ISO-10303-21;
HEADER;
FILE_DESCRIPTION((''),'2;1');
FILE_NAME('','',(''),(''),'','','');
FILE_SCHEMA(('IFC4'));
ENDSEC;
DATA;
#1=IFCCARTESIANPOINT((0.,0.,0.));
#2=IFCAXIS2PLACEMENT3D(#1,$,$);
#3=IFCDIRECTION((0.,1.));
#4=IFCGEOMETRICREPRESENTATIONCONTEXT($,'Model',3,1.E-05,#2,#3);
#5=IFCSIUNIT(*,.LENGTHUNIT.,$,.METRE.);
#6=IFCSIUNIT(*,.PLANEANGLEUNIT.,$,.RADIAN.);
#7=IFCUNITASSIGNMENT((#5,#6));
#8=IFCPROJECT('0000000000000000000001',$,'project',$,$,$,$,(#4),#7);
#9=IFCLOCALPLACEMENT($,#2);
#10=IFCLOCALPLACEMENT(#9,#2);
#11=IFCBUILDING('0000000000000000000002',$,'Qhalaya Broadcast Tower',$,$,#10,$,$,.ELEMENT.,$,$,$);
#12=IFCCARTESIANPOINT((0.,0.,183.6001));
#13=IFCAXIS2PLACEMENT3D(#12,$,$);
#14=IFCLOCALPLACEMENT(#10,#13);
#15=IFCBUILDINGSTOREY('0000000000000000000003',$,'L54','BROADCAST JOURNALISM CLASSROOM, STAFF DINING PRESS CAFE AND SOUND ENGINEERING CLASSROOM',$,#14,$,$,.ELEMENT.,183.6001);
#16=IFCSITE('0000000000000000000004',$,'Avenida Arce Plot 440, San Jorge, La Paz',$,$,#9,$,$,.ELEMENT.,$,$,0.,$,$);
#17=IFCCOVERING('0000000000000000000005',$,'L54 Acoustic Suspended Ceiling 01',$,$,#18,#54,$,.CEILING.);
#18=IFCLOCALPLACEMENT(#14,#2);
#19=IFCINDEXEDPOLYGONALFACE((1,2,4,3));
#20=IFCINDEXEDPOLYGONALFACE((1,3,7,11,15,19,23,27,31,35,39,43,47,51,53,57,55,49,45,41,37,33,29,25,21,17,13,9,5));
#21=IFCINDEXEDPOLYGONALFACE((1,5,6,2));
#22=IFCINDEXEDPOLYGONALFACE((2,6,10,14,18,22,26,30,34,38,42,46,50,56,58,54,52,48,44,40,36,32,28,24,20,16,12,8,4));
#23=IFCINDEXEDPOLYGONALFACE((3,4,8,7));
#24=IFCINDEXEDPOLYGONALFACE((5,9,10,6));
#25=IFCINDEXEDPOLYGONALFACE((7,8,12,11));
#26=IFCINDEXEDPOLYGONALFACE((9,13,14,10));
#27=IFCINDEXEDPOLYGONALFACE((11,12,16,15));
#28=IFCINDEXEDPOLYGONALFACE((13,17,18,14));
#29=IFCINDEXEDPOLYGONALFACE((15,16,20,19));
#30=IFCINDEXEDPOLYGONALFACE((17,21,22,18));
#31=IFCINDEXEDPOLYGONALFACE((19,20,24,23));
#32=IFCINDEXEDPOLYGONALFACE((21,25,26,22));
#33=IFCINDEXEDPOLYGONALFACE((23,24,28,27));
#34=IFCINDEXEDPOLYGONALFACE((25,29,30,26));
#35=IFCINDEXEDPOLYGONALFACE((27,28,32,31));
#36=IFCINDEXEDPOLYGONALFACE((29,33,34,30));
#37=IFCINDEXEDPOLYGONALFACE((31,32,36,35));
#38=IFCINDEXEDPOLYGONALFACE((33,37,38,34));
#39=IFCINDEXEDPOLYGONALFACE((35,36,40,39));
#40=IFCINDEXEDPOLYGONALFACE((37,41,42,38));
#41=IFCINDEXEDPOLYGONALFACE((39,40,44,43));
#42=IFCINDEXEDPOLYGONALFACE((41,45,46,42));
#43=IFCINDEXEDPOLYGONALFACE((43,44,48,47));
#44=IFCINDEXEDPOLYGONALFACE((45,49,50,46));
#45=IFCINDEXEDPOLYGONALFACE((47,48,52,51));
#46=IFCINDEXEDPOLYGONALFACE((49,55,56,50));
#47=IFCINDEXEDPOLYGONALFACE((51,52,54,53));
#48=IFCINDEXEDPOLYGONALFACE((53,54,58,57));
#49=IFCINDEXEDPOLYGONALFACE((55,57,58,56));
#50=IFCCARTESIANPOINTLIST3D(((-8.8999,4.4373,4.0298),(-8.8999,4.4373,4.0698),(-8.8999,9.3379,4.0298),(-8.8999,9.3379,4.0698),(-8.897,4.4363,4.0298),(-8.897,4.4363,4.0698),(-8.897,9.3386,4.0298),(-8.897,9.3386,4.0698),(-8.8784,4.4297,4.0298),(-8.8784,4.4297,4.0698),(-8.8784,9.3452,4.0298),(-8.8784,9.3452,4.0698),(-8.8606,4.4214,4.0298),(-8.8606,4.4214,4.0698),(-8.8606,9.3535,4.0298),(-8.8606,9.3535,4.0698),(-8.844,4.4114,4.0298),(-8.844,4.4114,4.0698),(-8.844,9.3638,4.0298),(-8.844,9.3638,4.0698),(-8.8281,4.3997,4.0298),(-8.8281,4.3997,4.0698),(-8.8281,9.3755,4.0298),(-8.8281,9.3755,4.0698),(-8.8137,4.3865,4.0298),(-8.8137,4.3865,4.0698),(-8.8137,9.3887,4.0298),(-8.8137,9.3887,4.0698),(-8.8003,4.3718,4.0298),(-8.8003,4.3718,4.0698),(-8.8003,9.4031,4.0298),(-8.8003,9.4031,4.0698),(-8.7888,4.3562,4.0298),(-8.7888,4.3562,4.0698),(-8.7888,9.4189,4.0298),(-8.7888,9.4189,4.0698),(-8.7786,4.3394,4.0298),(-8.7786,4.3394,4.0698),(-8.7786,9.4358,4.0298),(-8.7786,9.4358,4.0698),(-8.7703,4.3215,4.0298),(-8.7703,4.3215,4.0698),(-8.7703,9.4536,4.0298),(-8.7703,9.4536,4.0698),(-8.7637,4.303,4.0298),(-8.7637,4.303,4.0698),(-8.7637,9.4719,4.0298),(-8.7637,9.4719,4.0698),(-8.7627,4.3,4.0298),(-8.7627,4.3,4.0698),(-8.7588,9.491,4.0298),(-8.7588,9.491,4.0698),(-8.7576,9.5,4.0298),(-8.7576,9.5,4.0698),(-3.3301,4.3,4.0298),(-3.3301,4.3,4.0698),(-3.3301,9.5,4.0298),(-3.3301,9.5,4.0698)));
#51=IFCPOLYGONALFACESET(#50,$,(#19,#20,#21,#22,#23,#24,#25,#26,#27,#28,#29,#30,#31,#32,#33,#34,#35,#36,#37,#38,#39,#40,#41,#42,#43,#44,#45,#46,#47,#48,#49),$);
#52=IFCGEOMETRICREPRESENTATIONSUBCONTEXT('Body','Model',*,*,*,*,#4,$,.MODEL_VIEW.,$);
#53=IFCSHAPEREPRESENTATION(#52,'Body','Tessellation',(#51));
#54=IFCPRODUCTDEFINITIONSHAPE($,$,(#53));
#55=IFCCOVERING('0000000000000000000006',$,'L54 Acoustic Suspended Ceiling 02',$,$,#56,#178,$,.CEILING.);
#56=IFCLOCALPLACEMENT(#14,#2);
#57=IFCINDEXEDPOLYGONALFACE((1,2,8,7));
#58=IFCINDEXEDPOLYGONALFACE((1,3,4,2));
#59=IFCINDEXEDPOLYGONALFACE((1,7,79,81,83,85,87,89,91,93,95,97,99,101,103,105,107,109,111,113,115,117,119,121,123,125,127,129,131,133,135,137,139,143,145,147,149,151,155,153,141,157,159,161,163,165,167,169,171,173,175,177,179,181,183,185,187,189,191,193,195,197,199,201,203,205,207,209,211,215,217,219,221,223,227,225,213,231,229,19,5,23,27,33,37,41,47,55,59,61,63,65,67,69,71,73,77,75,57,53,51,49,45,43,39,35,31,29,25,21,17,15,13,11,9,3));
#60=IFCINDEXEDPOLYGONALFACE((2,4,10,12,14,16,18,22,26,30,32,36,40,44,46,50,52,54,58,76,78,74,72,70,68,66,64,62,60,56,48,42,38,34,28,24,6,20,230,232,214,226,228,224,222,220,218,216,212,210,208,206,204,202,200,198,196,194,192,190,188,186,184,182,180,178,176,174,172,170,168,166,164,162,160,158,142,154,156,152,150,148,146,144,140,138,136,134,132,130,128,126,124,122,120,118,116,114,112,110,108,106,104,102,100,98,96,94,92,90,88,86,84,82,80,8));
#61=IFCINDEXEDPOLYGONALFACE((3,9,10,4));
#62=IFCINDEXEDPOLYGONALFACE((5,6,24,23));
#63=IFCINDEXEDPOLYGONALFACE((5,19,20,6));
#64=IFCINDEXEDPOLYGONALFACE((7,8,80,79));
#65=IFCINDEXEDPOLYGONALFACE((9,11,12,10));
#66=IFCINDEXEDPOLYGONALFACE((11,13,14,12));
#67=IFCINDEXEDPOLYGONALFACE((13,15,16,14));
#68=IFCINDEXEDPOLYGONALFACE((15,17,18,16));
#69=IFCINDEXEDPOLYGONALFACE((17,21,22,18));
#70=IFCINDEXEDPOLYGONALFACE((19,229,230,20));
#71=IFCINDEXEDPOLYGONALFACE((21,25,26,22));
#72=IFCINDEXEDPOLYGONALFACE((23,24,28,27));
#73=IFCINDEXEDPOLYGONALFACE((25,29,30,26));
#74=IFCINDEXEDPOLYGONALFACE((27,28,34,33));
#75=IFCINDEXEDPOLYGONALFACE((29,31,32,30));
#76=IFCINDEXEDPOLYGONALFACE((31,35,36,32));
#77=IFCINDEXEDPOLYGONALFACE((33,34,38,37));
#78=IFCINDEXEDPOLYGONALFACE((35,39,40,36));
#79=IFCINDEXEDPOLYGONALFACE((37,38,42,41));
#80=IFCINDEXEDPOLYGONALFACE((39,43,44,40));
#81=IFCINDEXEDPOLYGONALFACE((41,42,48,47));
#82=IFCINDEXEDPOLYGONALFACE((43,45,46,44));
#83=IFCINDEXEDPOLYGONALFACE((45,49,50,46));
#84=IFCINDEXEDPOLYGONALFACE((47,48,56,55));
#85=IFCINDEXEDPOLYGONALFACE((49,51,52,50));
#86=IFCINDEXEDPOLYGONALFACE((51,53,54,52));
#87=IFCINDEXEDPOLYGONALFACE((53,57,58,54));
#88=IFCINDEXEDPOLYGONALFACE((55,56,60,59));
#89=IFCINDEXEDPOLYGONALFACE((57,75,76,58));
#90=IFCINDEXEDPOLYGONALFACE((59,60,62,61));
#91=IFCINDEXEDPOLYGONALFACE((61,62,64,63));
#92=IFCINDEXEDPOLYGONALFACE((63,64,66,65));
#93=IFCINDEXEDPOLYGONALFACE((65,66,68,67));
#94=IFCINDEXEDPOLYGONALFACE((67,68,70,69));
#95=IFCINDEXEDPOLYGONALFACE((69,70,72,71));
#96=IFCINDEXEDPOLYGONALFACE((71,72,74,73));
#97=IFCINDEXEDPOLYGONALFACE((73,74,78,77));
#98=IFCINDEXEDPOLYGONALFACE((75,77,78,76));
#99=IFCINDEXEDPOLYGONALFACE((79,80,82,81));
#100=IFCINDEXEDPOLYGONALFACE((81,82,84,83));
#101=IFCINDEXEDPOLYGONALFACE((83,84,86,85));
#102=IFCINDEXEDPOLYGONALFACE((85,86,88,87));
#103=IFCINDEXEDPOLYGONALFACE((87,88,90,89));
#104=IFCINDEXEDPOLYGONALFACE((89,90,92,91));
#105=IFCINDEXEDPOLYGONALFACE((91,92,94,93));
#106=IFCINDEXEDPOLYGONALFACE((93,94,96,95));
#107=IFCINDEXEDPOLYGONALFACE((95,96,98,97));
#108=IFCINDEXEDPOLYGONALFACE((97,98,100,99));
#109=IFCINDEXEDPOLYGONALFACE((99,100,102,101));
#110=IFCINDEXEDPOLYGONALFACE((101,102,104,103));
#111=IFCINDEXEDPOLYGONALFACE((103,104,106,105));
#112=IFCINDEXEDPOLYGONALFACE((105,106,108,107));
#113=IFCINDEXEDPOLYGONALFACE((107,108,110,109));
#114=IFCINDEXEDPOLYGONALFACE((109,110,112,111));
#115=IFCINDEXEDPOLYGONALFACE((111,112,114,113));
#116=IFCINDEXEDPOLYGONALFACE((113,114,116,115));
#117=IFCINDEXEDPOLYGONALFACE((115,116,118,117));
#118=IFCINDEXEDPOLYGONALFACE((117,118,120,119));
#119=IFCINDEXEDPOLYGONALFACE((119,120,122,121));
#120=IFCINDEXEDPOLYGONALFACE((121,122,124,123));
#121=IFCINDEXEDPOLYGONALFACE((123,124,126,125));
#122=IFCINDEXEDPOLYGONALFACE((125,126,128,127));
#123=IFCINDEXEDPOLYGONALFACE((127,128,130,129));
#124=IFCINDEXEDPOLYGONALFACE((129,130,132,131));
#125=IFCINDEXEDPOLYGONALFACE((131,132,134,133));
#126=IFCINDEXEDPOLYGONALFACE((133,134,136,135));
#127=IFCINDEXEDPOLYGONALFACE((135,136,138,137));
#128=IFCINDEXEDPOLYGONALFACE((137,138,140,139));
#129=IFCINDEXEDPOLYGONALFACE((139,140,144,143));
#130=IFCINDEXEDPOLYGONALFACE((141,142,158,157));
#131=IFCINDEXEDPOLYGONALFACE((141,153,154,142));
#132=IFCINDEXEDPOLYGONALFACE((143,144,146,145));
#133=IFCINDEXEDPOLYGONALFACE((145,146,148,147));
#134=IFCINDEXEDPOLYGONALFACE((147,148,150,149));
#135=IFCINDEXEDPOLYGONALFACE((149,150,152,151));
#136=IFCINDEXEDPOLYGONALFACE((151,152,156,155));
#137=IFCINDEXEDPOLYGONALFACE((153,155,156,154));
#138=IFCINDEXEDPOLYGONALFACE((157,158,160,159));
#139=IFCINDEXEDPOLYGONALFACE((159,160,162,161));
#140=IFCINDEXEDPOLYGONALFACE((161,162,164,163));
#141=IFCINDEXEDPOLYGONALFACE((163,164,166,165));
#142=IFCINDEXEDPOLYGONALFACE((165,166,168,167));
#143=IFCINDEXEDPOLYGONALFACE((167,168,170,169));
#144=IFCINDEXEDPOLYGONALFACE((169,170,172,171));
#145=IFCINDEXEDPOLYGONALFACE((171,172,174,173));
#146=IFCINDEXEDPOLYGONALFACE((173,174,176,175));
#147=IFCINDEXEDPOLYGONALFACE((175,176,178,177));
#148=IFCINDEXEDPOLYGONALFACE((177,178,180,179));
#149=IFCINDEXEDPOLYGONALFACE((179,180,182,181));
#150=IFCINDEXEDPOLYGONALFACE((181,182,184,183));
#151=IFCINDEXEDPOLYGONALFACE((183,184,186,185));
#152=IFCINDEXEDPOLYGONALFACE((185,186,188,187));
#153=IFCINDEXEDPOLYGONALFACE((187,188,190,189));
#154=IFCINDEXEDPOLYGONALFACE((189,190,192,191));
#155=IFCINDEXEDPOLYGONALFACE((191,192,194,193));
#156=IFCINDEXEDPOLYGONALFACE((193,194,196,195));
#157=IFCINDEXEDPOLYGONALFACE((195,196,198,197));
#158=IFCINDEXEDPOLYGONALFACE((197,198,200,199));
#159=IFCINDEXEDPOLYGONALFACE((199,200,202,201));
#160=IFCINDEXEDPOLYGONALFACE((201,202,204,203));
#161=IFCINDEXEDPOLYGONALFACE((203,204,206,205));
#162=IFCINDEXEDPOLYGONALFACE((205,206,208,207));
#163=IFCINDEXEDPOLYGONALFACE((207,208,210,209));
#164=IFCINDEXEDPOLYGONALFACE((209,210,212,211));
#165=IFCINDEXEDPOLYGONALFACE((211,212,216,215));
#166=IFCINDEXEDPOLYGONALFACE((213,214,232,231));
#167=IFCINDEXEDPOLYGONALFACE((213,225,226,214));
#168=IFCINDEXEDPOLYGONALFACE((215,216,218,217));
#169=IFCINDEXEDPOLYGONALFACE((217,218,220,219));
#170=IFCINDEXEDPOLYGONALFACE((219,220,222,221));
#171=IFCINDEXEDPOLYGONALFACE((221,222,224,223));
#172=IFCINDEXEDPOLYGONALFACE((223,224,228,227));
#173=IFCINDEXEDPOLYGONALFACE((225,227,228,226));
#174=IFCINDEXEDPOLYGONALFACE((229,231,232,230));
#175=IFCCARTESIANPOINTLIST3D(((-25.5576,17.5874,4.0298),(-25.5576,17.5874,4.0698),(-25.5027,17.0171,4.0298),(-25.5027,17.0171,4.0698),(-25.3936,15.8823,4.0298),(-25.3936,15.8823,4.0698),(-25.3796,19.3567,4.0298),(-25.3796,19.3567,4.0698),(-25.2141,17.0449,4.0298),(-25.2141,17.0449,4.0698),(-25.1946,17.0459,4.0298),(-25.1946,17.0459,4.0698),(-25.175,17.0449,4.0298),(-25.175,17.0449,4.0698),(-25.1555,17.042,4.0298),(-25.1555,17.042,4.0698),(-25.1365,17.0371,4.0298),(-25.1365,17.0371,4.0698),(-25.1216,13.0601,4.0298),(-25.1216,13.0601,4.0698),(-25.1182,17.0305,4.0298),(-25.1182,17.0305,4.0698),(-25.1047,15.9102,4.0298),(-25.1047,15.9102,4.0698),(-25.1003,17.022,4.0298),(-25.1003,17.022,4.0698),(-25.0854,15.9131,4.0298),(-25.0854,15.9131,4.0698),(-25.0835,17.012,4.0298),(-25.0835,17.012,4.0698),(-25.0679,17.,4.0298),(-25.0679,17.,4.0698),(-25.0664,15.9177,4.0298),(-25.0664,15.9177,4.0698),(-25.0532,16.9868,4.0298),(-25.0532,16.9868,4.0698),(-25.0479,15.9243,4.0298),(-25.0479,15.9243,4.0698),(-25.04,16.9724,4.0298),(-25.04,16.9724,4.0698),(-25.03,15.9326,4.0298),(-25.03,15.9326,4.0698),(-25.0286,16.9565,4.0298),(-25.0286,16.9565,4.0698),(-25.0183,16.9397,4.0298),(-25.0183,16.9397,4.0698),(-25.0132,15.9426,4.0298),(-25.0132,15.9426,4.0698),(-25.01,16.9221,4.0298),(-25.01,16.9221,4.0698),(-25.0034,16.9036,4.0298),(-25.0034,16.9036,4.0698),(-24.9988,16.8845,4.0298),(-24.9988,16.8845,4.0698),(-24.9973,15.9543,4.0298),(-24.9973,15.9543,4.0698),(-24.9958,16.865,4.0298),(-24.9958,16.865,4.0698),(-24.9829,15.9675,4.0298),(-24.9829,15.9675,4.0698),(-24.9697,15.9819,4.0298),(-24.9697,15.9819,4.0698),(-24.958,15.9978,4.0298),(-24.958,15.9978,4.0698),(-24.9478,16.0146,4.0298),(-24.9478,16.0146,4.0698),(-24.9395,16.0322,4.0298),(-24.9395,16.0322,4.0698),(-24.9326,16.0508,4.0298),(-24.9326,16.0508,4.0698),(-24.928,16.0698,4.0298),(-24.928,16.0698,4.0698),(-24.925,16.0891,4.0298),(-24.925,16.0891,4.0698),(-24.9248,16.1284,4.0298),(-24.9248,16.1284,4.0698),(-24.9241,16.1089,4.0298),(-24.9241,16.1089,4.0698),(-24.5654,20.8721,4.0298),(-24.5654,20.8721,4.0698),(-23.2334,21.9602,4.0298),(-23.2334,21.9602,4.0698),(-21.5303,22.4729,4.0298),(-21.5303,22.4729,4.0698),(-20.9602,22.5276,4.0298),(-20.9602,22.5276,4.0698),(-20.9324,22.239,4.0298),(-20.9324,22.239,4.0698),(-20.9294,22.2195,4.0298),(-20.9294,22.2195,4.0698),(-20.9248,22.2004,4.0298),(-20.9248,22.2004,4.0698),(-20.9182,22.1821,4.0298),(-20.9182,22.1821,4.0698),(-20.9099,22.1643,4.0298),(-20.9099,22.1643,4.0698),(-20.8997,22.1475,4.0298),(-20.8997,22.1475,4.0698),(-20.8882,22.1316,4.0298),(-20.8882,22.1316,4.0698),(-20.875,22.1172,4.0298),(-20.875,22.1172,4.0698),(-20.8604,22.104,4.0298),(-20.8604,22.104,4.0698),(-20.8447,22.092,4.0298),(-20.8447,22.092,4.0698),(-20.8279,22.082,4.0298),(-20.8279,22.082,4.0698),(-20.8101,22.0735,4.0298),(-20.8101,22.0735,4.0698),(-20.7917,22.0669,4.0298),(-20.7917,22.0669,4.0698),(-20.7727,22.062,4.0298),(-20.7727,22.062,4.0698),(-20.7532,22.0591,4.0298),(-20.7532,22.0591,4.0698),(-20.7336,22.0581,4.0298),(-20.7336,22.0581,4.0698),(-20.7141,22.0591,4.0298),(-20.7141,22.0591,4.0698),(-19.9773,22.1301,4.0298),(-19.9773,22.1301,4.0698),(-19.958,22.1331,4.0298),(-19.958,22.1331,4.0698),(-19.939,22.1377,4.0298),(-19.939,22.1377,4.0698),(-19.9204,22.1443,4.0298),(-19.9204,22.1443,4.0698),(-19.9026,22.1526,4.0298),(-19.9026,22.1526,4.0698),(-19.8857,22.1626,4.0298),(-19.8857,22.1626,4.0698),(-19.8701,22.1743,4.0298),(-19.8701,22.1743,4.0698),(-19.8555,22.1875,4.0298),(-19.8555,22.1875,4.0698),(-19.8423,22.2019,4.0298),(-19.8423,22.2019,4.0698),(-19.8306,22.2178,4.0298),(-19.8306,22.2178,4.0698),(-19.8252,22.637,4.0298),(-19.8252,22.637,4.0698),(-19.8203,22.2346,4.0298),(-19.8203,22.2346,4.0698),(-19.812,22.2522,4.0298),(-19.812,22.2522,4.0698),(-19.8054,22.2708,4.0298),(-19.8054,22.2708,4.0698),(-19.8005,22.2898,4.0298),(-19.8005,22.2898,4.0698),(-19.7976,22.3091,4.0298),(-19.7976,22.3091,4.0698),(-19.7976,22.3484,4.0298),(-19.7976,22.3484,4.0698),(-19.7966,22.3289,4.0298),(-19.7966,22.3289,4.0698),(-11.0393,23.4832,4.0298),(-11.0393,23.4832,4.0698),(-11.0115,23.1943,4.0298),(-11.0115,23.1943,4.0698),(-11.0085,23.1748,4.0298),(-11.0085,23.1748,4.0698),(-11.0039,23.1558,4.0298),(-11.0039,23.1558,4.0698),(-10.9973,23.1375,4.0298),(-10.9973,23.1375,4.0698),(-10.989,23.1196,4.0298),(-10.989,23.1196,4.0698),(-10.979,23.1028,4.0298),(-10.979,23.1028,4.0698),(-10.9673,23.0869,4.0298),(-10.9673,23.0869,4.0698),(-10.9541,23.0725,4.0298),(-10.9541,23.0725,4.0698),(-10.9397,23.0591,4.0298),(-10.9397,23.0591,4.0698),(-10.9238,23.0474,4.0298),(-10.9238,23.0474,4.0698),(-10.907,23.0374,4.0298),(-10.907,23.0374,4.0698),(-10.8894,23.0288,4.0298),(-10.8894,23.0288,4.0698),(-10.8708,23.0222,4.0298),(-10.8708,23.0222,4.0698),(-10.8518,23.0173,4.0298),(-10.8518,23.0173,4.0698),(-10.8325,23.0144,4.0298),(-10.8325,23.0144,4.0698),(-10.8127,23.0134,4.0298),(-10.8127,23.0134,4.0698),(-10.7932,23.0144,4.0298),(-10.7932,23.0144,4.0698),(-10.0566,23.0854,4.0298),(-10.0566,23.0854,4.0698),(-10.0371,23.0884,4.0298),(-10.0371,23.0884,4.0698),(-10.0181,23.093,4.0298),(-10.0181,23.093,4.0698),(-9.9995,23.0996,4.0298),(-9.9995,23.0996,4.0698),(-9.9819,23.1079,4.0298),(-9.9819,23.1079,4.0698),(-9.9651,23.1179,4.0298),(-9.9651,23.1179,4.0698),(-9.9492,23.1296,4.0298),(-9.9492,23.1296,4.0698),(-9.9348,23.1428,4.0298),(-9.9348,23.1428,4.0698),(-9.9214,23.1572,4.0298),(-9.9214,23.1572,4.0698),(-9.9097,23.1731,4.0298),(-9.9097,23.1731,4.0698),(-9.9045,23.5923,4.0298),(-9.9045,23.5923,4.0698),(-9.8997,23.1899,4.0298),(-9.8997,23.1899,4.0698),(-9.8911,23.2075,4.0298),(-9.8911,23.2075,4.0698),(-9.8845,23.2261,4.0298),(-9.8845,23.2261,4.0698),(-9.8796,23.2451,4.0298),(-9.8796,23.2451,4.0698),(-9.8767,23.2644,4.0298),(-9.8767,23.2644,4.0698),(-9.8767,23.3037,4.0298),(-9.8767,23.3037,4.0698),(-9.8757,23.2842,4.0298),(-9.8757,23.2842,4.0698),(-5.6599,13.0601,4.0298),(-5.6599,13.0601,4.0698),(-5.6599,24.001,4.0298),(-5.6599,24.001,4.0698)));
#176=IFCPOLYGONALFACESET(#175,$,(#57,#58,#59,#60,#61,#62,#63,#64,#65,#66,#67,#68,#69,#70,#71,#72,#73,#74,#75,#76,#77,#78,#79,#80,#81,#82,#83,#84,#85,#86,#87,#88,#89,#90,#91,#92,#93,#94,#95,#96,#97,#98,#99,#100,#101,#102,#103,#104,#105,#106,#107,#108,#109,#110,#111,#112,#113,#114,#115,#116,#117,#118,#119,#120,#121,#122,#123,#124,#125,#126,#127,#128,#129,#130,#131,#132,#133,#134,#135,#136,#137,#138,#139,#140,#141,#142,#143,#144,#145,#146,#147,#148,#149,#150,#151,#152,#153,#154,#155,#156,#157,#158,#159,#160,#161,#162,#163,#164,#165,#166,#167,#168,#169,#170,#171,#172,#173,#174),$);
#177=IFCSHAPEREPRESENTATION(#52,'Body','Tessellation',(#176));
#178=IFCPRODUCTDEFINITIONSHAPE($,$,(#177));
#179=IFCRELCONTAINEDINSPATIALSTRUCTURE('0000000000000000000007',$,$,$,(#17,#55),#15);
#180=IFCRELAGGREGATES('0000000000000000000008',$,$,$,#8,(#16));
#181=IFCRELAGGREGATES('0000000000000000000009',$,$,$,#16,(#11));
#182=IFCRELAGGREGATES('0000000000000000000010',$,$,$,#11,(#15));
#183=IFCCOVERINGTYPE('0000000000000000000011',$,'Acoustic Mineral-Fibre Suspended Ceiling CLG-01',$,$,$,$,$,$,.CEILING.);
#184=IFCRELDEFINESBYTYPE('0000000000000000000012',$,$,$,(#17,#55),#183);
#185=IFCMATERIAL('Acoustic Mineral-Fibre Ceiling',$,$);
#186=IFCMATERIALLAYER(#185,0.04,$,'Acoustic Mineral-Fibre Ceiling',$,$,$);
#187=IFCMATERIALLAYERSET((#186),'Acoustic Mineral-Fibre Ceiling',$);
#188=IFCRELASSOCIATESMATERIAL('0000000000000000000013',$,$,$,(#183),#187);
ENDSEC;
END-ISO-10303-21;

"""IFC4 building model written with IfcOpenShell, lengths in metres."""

from ifc_helpers import new_model, si_unit, direction, frame, origin, place, context, subcontext, project, spatial, polyline, outline, extrude, material, layer, layer_set, type_object, element, save


model = new_model("IFC4")

# Units and contexts
model_context = context("Model", 3, precision=1e-05, world=origin(), true_north=direction((0.0, 1.0)))
body_context = subcontext(model_context, "Body", "Model", "MODEL_VIEW")
ifc_project = project(units=[si_unit("LENGTHUNIT", "METRE"), si_unit("PLANEANGLEUNIT", "RADIAN")], contexts=[model_context])

# Site, building, storey
site_placement = place(None, origin())
site = spatial("IfcSite", under=ifc_project, at=site_placement, Name="Avenida Arce Plot 440, San Jorge, La Paz", CompositionType="ELEMENT", RefElevation=0.0)
building_placement = place(site_placement, origin())
building = spatial("IfcBuilding", under=site, at=building_placement, Name="Qhalaya Broadcast Tower", CompositionType="ELEMENT")
storey_placement = place(building_placement, frame((0.0, 0.0, 183.6001)))
storey = spatial("IfcBuildingStorey", under=building, at=storey_placement, Name="L54", Description="BROADCAST JOURNALISM CLASSROOM, STAFF DINING PRESS CAFE AND SOUND ENGINEERING CLASSROOM", CompositionType="ELEMENT", Elevation=183.6001)

# Coverings
ifc_material_1 = material(Name="Acoustic Mineral-Fibre Ceiling")
ifc_layer_1 = layer(ifc_material_1, 0.04, Name="Acoustic Mineral-Fibre Ceiling")
ifc_layer_set_1 = layer_set([ifc_layer_1], Name="Acoustic Mineral-Fibre Ceiling")
covering_type = type_object("IfcCoveringType", Name="Acoustic Mineral-Fibre Suspended Ceiling CLG-01", PredefinedType="CEILING", material=ifc_layer_set_1)
covering_1_placement = place(storey_placement, frame((0.0, 0.0, 4.0298)))
element("IfcCovering", 1, at=covering_1_placement, inside=storey, type_object=covering_type, Name="L54 Acoustic Suspended Ceiling 01", PredefinedType="CEILING", context=body_context, shape_type="SweptSolid", body=[
    extrude(outline(polyline([(-8.897, 9.3386), (-8.8999, 9.3379), (-8.8999, 4.4373), (-8.897, 4.4363), (-8.8784, 4.4297), (-8.8606, 4.4214), (-8.844, 4.4114), (-8.8281, 4.3997), (-8.8137, 4.3865), (-8.8003, 4.3718), (-8.7888, 4.3562), (-8.7786, 4.3394), (-8.7703, 4.3215), (-8.7637, 4.303), (-8.7627, 4.3), (-3.3301, 4.3), (-3.3301, 9.5), (-8.7576, 9.5), (-8.7588, 9.491), (-8.7637, 9.4719), (-8.7703, 9.4536), (-8.7786, 9.4358), (-8.7888, 9.4189), (-8.8003, 9.4031), (-8.8137, 9.3887), (-8.8281, 9.3755), (-8.844, 9.3638), (-8.8606, 9.3535), (-8.8784, 9.3452), (-8.897, 9.3386)])), origin(), (0.0, 0.0, 1.0), 0.04),
])
covering_2_placement = place(storey_placement, frame((0.0, 0.0, 4.0298)))
element("IfcCovering", 2, at=covering_2_placement, inside=storey, type_object=covering_type, Name="L54 Acoustic Suspended Ceiling 02", PredefinedType="CEILING", context=body_context, shape_type="SweptSolid", body=[
    extrude(outline(polyline([(-25.3936, 15.8823), (-25.1216, 13.0601), (-5.6599, 13.0601), (-5.6599, 24.001), (-9.9045, 23.5923), (-9.8767, 23.3037), (-9.8757, 23.2842), (-9.8767, 23.2644), (-9.8796, 23.2451), (-9.8845, 23.2261), (-9.8911, 23.2075), (-9.8997, 23.1899), (-9.9097, 23.1731), (-9.9214, 23.1572), (-9.9348, 23.1428), (-9.9492, 23.1296), (-9.9651, 23.1179), (-9.9819, 23.1079), (-9.9995, 23.0996), (-10.0181, 23.093), (-10.0371, 23.0884), (-10.0566, 23.0854), (-10.7932, 23.0144), (-10.8127, 23.0134), (-10.8325, 23.0144), (-10.8518, 23.0173), (-10.8708, 23.0222), (-10.8894, 23.0288), (-10.907, 23.0374), (-10.9238, 23.0474), (-10.9397, 23.0591), (-10.9541, 23.0725), (-10.9673, 23.0869), (-10.979, 23.1028), (-10.989, 23.1196), (-10.9973, 23.1375), (-11.0039, 23.1558), (-11.0085, 23.1748), (-11.0115, 23.1943), (-11.0393, 23.4832), (-19.8252, 22.637), (-19.7976, 22.3484), (-19.7966, 22.3289), (-19.7976, 22.3091), (-19.8005, 22.2898), (-19.8054, 22.2708), (-19.812, 22.2522), (-19.8203, 22.2346), (-19.8306, 22.2178), (-19.8423, 22.2019), (-19.8555, 22.1875), (-19.8701, 22.1743), (-19.8857, 22.1626), (-19.9026, 22.1526), (-19.9204, 22.1443), (-19.939, 22.1377), (-19.958, 22.1331), (-19.9773, 22.1301), (-20.7141, 22.0591), (-20.7336, 22.0581), (-20.7532, 22.0591), (-20.7727, 22.062), (-20.7917, 22.0669), (-20.8101, 22.0735), (-20.8279, 22.082), (-20.8447, 22.092), (-20.8604, 22.104), (-20.875, 22.1172), (-20.8882, 22.1316), (-20.8997, 22.1475), (-20.9099, 22.1643), (-20.9182, 22.1821), (-20.9248, 22.2004), (-20.9294, 22.2195), (-20.9324, 22.239), (-20.9602, 22.5276), (-21.5303, 22.4729), (-23.2334, 21.9602), (-24.5654, 20.8721), (-25.3796, 19.3567), (-25.5576, 17.5874), (-25.5027, 17.0171), (-25.2141, 17.0449), (-25.1946, 17.0459), (-25.175, 17.0449), (-25.1555, 17.042), (-25.1365, 17.0371), (-25.1182, 17.0305), (-25.1003, 17.022), (-25.0835, 17.012), (-25.0679, 17.0), (-25.0532, 16.9868), (-25.04, 16.9724), (-25.0286, 16.9565), (-25.0183, 16.9397), (-25.01, 16.9221), (-25.0034, 16.9036), (-24.9988, 16.8845), (-24.9958, 16.865), (-24.9248, 16.1284), (-24.9241, 16.1089), (-24.925, 16.0891), (-24.928, 16.0698), (-24.9326, 16.0508), (-24.9395, 16.0322), (-24.9478, 16.0146), (-24.958, 15.9978), (-24.9697, 15.9819), (-24.9829, 15.9675), (-24.9973, 15.9543), (-25.0132, 15.9426), (-25.03, 15.9326), (-25.0479, 15.9243), (-25.0664, 15.9177), (-25.0854, 15.9131), (-25.1047, 15.9102), (-25.3936, 15.8823)])), origin(), (0.0, 0.0, 1.0), 0.04),
])

save(model, "model.ifc")
